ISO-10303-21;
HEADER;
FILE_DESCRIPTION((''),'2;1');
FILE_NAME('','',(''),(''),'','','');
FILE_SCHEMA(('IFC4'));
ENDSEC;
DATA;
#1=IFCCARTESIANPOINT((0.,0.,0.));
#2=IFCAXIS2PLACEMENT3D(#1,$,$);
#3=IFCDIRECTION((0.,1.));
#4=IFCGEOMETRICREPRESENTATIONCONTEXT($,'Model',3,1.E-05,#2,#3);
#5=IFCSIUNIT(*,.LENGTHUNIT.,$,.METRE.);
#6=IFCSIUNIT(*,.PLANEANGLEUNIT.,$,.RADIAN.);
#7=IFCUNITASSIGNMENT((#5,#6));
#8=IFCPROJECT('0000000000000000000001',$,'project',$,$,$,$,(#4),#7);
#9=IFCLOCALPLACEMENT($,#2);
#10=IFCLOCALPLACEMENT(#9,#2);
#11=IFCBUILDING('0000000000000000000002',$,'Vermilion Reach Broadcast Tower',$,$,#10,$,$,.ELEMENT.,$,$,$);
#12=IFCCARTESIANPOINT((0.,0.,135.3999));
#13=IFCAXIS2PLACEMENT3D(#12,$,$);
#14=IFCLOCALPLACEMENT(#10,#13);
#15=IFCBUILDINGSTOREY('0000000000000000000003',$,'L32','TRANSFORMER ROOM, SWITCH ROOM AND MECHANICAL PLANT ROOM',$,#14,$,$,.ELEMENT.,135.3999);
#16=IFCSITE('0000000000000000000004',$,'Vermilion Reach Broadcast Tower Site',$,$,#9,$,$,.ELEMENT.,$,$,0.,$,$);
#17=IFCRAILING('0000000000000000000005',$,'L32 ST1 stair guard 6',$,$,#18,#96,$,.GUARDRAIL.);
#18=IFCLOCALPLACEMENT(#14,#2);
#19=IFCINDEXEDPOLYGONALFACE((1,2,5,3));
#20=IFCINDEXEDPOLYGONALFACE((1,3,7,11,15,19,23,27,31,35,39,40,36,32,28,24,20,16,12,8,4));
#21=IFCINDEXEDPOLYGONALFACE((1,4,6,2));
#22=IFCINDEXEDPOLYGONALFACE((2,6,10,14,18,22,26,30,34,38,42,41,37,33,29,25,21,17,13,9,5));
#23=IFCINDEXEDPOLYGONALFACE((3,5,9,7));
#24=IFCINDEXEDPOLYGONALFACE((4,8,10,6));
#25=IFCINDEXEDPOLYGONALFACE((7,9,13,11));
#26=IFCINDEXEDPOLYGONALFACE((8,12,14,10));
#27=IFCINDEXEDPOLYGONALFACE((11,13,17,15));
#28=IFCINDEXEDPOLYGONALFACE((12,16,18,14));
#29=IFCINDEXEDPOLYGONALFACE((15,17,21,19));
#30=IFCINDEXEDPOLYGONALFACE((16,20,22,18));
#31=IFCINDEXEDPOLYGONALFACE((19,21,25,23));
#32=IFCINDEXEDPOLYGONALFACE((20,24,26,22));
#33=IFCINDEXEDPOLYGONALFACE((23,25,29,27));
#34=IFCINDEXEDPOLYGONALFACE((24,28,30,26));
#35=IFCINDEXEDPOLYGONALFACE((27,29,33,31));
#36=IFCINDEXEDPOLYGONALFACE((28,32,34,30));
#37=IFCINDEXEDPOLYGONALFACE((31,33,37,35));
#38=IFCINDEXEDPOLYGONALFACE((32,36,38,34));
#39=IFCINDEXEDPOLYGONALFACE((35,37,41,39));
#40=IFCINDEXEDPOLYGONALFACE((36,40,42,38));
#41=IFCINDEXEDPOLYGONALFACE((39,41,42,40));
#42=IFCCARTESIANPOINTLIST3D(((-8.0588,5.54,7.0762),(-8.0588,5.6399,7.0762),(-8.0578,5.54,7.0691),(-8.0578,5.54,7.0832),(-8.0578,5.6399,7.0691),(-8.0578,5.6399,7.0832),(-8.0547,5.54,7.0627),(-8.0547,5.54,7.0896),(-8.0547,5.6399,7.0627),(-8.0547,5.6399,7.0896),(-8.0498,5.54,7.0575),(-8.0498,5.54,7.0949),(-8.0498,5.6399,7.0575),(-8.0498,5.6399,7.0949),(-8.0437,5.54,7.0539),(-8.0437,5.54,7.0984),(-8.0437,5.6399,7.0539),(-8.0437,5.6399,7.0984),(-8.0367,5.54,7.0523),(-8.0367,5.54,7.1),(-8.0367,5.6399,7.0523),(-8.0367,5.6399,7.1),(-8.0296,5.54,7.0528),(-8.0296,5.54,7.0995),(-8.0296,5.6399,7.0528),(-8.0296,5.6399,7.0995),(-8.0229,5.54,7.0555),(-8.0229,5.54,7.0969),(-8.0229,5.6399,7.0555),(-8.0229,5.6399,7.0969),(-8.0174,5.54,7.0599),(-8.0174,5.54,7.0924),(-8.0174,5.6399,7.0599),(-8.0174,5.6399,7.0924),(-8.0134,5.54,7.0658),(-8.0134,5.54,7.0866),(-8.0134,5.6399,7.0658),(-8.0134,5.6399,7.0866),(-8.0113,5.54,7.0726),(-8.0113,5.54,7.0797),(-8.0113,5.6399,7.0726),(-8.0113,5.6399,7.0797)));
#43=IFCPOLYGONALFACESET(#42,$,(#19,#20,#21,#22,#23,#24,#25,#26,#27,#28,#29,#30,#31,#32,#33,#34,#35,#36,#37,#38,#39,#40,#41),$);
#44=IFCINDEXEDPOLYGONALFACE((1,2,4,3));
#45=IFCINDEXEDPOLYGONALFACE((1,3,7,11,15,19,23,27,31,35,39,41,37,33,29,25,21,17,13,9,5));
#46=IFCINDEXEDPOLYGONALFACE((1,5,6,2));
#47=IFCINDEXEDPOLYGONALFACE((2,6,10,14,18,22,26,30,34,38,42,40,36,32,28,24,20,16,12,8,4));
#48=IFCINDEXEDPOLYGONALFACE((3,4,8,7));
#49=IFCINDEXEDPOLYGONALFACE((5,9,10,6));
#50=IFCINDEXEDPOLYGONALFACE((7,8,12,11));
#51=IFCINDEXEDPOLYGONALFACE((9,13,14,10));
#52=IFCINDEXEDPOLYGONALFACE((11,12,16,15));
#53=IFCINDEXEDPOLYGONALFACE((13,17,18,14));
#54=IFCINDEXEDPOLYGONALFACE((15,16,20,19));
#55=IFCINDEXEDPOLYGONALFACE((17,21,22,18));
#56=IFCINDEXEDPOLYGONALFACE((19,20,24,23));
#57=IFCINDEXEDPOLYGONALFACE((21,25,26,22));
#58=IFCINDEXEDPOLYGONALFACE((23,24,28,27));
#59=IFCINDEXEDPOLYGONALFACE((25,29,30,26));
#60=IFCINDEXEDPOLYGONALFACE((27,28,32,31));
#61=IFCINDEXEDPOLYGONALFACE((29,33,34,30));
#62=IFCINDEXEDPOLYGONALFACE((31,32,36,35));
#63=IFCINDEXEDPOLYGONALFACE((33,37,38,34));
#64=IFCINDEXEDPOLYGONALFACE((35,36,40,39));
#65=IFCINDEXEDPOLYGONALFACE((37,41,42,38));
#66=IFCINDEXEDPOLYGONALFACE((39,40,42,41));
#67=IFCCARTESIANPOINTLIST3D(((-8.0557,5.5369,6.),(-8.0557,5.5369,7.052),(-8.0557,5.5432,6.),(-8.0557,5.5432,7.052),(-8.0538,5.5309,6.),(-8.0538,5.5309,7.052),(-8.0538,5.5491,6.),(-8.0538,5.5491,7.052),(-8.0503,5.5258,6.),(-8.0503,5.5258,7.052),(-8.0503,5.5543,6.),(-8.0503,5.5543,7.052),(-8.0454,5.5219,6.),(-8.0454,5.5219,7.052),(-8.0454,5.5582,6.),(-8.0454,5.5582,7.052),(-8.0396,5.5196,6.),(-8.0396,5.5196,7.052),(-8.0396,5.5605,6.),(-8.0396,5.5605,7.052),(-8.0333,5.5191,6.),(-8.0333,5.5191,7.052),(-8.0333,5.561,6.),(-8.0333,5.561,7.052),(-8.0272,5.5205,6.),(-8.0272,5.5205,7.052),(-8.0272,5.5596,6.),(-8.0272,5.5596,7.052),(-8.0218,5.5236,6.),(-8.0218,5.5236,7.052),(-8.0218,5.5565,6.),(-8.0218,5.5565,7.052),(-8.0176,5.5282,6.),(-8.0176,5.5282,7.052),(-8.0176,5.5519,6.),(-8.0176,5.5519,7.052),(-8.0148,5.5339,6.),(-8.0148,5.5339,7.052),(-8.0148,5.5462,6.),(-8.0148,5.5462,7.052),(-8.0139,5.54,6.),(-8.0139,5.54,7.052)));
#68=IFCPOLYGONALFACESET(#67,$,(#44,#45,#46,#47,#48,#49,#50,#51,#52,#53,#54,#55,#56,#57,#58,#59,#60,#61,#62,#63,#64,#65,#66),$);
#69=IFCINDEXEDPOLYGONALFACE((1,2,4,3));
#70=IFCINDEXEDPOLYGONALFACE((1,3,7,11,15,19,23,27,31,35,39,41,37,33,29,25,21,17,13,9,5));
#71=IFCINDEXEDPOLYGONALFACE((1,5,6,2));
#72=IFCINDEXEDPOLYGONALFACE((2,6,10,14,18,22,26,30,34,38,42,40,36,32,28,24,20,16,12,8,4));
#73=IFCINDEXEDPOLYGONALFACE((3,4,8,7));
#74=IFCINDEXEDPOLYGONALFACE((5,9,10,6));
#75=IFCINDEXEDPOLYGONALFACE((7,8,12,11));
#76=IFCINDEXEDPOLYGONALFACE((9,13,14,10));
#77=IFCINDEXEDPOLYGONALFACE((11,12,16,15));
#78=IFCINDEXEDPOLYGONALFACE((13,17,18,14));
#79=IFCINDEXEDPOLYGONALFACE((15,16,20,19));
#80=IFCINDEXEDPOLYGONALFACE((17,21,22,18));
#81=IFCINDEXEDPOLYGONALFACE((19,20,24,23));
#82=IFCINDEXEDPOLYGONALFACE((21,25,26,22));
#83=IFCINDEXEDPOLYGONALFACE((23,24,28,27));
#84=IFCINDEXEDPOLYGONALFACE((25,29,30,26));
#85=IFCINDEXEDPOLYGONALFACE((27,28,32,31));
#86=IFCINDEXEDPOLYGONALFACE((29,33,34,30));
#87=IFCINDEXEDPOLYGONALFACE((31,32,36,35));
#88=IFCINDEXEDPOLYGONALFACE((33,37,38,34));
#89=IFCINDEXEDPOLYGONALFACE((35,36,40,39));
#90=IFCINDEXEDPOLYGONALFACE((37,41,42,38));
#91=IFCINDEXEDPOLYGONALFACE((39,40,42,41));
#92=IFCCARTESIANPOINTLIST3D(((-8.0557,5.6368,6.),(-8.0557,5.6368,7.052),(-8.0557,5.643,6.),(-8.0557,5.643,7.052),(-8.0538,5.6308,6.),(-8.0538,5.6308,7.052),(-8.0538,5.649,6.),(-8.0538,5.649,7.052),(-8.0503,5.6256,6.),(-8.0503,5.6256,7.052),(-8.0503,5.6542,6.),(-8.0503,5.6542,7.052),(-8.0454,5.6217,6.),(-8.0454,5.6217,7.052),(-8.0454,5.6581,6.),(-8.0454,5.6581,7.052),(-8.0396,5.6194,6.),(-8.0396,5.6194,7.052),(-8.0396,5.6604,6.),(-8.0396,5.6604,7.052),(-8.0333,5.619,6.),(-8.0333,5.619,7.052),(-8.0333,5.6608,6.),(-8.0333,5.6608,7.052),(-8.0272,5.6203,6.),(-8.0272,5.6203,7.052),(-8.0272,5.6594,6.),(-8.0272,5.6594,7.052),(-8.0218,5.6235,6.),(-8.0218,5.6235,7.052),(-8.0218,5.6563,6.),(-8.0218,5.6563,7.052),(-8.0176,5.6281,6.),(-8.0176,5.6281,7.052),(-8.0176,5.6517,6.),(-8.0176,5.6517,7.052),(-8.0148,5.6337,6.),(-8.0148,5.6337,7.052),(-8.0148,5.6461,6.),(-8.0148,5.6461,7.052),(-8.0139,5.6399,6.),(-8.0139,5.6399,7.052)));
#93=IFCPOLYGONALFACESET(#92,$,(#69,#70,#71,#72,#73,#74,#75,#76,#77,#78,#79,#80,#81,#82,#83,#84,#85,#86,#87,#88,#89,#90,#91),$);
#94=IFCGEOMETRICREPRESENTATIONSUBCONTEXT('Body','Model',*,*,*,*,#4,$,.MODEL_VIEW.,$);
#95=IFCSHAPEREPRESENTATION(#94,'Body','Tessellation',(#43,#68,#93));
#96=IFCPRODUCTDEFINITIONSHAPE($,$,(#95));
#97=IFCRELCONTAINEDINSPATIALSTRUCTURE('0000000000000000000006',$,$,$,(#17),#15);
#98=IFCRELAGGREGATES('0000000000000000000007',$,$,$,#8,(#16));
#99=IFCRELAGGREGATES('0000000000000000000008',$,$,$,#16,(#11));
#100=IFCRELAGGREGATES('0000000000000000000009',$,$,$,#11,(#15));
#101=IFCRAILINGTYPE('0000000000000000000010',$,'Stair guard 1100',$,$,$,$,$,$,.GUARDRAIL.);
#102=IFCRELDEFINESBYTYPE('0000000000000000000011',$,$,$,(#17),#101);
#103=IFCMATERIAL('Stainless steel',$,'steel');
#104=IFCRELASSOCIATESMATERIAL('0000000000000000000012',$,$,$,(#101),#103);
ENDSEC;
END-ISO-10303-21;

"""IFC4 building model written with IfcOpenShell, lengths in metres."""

from ifc_helpers import new_model, si_unit, direction, frame, origin, origin_2d, place, context, subcontext, project, spatial, circle, extrude, material, type_object, element, save


model = new_model("IFC4")

# Units and contexts
model_context = context("Model", 3, precision=1e-05, world=origin(), true_north=direction((0.0, 1.0)))
body_context = subcontext(model_context, "Body", "Model", "MODEL_VIEW")
ifc_project = project(units=[si_unit("LENGTHUNIT", "METRE"), si_unit("PLANEANGLEUNIT", "RADIAN")], contexts=[model_context])

# Site, building, storey
site_placement = place(None, origin())
site = spatial("IfcSite", under=ifc_project, at=site_placement, Name="Vermilion Reach Broadcast Tower Site", CompositionType="ELEMENT", RefElevation=0.0)
building_placement = place(site_placement, origin())
building = spatial("IfcBuilding", under=site, at=building_placement, Name="Vermilion Reach Broadcast Tower", CompositionType="ELEMENT")
storey_placement = place(building_placement, frame((0.0, 0.0, 135.3999)))
storey = spatial("IfcBuildingStorey", under=building, at=storey_placement, Name="L32", Description="TRANSFORMER ROOM, SWITCH ROOM AND MECHANICAL PLANT ROOM", CompositionType="ELEMENT", Elevation=135.3999)

# Railing
ifc_material_1 = material(Name="Stainless steel", Category="steel")
railing_type_1 = type_object("IfcRailingType", Name="Stair guard 1100", PredefinedType="GUARDRAIL", material=ifc_material_1)
railing_1_placement = place(storey_placement, frame((-8.0349, 5.54, 6.0)))
element("IfcRailing", 1, at=railing_1_placement, inside=storey, type_object=railing_type_1, Name="L32 ST1 stair guard 6", PredefinedType="GUARDRAIL", context=body_context, shape_type="SweptSolid", body=[
    extrude(circle(Radius=0.0239, at=origin_2d()), frame((0.0, 0.0, 1.0762), z_axis=(0.0, 1.0, 0.0), x_axis=(-1.0, 0.0, 0.0)), (0.0, 0.0, 1.0), 0.0999),
    extrude(circle(Radius=0.021, at=origin_2d()), origin(), (0.0, 0.0, 1.0), 1.052),
    extrude(circle(Radius=0.021, at=origin_2d()), frame((0.0, 0.0999, 0.0)), (0.0, 0.0, 1.0), 1.052),
])

save(model, "model.ifc")
